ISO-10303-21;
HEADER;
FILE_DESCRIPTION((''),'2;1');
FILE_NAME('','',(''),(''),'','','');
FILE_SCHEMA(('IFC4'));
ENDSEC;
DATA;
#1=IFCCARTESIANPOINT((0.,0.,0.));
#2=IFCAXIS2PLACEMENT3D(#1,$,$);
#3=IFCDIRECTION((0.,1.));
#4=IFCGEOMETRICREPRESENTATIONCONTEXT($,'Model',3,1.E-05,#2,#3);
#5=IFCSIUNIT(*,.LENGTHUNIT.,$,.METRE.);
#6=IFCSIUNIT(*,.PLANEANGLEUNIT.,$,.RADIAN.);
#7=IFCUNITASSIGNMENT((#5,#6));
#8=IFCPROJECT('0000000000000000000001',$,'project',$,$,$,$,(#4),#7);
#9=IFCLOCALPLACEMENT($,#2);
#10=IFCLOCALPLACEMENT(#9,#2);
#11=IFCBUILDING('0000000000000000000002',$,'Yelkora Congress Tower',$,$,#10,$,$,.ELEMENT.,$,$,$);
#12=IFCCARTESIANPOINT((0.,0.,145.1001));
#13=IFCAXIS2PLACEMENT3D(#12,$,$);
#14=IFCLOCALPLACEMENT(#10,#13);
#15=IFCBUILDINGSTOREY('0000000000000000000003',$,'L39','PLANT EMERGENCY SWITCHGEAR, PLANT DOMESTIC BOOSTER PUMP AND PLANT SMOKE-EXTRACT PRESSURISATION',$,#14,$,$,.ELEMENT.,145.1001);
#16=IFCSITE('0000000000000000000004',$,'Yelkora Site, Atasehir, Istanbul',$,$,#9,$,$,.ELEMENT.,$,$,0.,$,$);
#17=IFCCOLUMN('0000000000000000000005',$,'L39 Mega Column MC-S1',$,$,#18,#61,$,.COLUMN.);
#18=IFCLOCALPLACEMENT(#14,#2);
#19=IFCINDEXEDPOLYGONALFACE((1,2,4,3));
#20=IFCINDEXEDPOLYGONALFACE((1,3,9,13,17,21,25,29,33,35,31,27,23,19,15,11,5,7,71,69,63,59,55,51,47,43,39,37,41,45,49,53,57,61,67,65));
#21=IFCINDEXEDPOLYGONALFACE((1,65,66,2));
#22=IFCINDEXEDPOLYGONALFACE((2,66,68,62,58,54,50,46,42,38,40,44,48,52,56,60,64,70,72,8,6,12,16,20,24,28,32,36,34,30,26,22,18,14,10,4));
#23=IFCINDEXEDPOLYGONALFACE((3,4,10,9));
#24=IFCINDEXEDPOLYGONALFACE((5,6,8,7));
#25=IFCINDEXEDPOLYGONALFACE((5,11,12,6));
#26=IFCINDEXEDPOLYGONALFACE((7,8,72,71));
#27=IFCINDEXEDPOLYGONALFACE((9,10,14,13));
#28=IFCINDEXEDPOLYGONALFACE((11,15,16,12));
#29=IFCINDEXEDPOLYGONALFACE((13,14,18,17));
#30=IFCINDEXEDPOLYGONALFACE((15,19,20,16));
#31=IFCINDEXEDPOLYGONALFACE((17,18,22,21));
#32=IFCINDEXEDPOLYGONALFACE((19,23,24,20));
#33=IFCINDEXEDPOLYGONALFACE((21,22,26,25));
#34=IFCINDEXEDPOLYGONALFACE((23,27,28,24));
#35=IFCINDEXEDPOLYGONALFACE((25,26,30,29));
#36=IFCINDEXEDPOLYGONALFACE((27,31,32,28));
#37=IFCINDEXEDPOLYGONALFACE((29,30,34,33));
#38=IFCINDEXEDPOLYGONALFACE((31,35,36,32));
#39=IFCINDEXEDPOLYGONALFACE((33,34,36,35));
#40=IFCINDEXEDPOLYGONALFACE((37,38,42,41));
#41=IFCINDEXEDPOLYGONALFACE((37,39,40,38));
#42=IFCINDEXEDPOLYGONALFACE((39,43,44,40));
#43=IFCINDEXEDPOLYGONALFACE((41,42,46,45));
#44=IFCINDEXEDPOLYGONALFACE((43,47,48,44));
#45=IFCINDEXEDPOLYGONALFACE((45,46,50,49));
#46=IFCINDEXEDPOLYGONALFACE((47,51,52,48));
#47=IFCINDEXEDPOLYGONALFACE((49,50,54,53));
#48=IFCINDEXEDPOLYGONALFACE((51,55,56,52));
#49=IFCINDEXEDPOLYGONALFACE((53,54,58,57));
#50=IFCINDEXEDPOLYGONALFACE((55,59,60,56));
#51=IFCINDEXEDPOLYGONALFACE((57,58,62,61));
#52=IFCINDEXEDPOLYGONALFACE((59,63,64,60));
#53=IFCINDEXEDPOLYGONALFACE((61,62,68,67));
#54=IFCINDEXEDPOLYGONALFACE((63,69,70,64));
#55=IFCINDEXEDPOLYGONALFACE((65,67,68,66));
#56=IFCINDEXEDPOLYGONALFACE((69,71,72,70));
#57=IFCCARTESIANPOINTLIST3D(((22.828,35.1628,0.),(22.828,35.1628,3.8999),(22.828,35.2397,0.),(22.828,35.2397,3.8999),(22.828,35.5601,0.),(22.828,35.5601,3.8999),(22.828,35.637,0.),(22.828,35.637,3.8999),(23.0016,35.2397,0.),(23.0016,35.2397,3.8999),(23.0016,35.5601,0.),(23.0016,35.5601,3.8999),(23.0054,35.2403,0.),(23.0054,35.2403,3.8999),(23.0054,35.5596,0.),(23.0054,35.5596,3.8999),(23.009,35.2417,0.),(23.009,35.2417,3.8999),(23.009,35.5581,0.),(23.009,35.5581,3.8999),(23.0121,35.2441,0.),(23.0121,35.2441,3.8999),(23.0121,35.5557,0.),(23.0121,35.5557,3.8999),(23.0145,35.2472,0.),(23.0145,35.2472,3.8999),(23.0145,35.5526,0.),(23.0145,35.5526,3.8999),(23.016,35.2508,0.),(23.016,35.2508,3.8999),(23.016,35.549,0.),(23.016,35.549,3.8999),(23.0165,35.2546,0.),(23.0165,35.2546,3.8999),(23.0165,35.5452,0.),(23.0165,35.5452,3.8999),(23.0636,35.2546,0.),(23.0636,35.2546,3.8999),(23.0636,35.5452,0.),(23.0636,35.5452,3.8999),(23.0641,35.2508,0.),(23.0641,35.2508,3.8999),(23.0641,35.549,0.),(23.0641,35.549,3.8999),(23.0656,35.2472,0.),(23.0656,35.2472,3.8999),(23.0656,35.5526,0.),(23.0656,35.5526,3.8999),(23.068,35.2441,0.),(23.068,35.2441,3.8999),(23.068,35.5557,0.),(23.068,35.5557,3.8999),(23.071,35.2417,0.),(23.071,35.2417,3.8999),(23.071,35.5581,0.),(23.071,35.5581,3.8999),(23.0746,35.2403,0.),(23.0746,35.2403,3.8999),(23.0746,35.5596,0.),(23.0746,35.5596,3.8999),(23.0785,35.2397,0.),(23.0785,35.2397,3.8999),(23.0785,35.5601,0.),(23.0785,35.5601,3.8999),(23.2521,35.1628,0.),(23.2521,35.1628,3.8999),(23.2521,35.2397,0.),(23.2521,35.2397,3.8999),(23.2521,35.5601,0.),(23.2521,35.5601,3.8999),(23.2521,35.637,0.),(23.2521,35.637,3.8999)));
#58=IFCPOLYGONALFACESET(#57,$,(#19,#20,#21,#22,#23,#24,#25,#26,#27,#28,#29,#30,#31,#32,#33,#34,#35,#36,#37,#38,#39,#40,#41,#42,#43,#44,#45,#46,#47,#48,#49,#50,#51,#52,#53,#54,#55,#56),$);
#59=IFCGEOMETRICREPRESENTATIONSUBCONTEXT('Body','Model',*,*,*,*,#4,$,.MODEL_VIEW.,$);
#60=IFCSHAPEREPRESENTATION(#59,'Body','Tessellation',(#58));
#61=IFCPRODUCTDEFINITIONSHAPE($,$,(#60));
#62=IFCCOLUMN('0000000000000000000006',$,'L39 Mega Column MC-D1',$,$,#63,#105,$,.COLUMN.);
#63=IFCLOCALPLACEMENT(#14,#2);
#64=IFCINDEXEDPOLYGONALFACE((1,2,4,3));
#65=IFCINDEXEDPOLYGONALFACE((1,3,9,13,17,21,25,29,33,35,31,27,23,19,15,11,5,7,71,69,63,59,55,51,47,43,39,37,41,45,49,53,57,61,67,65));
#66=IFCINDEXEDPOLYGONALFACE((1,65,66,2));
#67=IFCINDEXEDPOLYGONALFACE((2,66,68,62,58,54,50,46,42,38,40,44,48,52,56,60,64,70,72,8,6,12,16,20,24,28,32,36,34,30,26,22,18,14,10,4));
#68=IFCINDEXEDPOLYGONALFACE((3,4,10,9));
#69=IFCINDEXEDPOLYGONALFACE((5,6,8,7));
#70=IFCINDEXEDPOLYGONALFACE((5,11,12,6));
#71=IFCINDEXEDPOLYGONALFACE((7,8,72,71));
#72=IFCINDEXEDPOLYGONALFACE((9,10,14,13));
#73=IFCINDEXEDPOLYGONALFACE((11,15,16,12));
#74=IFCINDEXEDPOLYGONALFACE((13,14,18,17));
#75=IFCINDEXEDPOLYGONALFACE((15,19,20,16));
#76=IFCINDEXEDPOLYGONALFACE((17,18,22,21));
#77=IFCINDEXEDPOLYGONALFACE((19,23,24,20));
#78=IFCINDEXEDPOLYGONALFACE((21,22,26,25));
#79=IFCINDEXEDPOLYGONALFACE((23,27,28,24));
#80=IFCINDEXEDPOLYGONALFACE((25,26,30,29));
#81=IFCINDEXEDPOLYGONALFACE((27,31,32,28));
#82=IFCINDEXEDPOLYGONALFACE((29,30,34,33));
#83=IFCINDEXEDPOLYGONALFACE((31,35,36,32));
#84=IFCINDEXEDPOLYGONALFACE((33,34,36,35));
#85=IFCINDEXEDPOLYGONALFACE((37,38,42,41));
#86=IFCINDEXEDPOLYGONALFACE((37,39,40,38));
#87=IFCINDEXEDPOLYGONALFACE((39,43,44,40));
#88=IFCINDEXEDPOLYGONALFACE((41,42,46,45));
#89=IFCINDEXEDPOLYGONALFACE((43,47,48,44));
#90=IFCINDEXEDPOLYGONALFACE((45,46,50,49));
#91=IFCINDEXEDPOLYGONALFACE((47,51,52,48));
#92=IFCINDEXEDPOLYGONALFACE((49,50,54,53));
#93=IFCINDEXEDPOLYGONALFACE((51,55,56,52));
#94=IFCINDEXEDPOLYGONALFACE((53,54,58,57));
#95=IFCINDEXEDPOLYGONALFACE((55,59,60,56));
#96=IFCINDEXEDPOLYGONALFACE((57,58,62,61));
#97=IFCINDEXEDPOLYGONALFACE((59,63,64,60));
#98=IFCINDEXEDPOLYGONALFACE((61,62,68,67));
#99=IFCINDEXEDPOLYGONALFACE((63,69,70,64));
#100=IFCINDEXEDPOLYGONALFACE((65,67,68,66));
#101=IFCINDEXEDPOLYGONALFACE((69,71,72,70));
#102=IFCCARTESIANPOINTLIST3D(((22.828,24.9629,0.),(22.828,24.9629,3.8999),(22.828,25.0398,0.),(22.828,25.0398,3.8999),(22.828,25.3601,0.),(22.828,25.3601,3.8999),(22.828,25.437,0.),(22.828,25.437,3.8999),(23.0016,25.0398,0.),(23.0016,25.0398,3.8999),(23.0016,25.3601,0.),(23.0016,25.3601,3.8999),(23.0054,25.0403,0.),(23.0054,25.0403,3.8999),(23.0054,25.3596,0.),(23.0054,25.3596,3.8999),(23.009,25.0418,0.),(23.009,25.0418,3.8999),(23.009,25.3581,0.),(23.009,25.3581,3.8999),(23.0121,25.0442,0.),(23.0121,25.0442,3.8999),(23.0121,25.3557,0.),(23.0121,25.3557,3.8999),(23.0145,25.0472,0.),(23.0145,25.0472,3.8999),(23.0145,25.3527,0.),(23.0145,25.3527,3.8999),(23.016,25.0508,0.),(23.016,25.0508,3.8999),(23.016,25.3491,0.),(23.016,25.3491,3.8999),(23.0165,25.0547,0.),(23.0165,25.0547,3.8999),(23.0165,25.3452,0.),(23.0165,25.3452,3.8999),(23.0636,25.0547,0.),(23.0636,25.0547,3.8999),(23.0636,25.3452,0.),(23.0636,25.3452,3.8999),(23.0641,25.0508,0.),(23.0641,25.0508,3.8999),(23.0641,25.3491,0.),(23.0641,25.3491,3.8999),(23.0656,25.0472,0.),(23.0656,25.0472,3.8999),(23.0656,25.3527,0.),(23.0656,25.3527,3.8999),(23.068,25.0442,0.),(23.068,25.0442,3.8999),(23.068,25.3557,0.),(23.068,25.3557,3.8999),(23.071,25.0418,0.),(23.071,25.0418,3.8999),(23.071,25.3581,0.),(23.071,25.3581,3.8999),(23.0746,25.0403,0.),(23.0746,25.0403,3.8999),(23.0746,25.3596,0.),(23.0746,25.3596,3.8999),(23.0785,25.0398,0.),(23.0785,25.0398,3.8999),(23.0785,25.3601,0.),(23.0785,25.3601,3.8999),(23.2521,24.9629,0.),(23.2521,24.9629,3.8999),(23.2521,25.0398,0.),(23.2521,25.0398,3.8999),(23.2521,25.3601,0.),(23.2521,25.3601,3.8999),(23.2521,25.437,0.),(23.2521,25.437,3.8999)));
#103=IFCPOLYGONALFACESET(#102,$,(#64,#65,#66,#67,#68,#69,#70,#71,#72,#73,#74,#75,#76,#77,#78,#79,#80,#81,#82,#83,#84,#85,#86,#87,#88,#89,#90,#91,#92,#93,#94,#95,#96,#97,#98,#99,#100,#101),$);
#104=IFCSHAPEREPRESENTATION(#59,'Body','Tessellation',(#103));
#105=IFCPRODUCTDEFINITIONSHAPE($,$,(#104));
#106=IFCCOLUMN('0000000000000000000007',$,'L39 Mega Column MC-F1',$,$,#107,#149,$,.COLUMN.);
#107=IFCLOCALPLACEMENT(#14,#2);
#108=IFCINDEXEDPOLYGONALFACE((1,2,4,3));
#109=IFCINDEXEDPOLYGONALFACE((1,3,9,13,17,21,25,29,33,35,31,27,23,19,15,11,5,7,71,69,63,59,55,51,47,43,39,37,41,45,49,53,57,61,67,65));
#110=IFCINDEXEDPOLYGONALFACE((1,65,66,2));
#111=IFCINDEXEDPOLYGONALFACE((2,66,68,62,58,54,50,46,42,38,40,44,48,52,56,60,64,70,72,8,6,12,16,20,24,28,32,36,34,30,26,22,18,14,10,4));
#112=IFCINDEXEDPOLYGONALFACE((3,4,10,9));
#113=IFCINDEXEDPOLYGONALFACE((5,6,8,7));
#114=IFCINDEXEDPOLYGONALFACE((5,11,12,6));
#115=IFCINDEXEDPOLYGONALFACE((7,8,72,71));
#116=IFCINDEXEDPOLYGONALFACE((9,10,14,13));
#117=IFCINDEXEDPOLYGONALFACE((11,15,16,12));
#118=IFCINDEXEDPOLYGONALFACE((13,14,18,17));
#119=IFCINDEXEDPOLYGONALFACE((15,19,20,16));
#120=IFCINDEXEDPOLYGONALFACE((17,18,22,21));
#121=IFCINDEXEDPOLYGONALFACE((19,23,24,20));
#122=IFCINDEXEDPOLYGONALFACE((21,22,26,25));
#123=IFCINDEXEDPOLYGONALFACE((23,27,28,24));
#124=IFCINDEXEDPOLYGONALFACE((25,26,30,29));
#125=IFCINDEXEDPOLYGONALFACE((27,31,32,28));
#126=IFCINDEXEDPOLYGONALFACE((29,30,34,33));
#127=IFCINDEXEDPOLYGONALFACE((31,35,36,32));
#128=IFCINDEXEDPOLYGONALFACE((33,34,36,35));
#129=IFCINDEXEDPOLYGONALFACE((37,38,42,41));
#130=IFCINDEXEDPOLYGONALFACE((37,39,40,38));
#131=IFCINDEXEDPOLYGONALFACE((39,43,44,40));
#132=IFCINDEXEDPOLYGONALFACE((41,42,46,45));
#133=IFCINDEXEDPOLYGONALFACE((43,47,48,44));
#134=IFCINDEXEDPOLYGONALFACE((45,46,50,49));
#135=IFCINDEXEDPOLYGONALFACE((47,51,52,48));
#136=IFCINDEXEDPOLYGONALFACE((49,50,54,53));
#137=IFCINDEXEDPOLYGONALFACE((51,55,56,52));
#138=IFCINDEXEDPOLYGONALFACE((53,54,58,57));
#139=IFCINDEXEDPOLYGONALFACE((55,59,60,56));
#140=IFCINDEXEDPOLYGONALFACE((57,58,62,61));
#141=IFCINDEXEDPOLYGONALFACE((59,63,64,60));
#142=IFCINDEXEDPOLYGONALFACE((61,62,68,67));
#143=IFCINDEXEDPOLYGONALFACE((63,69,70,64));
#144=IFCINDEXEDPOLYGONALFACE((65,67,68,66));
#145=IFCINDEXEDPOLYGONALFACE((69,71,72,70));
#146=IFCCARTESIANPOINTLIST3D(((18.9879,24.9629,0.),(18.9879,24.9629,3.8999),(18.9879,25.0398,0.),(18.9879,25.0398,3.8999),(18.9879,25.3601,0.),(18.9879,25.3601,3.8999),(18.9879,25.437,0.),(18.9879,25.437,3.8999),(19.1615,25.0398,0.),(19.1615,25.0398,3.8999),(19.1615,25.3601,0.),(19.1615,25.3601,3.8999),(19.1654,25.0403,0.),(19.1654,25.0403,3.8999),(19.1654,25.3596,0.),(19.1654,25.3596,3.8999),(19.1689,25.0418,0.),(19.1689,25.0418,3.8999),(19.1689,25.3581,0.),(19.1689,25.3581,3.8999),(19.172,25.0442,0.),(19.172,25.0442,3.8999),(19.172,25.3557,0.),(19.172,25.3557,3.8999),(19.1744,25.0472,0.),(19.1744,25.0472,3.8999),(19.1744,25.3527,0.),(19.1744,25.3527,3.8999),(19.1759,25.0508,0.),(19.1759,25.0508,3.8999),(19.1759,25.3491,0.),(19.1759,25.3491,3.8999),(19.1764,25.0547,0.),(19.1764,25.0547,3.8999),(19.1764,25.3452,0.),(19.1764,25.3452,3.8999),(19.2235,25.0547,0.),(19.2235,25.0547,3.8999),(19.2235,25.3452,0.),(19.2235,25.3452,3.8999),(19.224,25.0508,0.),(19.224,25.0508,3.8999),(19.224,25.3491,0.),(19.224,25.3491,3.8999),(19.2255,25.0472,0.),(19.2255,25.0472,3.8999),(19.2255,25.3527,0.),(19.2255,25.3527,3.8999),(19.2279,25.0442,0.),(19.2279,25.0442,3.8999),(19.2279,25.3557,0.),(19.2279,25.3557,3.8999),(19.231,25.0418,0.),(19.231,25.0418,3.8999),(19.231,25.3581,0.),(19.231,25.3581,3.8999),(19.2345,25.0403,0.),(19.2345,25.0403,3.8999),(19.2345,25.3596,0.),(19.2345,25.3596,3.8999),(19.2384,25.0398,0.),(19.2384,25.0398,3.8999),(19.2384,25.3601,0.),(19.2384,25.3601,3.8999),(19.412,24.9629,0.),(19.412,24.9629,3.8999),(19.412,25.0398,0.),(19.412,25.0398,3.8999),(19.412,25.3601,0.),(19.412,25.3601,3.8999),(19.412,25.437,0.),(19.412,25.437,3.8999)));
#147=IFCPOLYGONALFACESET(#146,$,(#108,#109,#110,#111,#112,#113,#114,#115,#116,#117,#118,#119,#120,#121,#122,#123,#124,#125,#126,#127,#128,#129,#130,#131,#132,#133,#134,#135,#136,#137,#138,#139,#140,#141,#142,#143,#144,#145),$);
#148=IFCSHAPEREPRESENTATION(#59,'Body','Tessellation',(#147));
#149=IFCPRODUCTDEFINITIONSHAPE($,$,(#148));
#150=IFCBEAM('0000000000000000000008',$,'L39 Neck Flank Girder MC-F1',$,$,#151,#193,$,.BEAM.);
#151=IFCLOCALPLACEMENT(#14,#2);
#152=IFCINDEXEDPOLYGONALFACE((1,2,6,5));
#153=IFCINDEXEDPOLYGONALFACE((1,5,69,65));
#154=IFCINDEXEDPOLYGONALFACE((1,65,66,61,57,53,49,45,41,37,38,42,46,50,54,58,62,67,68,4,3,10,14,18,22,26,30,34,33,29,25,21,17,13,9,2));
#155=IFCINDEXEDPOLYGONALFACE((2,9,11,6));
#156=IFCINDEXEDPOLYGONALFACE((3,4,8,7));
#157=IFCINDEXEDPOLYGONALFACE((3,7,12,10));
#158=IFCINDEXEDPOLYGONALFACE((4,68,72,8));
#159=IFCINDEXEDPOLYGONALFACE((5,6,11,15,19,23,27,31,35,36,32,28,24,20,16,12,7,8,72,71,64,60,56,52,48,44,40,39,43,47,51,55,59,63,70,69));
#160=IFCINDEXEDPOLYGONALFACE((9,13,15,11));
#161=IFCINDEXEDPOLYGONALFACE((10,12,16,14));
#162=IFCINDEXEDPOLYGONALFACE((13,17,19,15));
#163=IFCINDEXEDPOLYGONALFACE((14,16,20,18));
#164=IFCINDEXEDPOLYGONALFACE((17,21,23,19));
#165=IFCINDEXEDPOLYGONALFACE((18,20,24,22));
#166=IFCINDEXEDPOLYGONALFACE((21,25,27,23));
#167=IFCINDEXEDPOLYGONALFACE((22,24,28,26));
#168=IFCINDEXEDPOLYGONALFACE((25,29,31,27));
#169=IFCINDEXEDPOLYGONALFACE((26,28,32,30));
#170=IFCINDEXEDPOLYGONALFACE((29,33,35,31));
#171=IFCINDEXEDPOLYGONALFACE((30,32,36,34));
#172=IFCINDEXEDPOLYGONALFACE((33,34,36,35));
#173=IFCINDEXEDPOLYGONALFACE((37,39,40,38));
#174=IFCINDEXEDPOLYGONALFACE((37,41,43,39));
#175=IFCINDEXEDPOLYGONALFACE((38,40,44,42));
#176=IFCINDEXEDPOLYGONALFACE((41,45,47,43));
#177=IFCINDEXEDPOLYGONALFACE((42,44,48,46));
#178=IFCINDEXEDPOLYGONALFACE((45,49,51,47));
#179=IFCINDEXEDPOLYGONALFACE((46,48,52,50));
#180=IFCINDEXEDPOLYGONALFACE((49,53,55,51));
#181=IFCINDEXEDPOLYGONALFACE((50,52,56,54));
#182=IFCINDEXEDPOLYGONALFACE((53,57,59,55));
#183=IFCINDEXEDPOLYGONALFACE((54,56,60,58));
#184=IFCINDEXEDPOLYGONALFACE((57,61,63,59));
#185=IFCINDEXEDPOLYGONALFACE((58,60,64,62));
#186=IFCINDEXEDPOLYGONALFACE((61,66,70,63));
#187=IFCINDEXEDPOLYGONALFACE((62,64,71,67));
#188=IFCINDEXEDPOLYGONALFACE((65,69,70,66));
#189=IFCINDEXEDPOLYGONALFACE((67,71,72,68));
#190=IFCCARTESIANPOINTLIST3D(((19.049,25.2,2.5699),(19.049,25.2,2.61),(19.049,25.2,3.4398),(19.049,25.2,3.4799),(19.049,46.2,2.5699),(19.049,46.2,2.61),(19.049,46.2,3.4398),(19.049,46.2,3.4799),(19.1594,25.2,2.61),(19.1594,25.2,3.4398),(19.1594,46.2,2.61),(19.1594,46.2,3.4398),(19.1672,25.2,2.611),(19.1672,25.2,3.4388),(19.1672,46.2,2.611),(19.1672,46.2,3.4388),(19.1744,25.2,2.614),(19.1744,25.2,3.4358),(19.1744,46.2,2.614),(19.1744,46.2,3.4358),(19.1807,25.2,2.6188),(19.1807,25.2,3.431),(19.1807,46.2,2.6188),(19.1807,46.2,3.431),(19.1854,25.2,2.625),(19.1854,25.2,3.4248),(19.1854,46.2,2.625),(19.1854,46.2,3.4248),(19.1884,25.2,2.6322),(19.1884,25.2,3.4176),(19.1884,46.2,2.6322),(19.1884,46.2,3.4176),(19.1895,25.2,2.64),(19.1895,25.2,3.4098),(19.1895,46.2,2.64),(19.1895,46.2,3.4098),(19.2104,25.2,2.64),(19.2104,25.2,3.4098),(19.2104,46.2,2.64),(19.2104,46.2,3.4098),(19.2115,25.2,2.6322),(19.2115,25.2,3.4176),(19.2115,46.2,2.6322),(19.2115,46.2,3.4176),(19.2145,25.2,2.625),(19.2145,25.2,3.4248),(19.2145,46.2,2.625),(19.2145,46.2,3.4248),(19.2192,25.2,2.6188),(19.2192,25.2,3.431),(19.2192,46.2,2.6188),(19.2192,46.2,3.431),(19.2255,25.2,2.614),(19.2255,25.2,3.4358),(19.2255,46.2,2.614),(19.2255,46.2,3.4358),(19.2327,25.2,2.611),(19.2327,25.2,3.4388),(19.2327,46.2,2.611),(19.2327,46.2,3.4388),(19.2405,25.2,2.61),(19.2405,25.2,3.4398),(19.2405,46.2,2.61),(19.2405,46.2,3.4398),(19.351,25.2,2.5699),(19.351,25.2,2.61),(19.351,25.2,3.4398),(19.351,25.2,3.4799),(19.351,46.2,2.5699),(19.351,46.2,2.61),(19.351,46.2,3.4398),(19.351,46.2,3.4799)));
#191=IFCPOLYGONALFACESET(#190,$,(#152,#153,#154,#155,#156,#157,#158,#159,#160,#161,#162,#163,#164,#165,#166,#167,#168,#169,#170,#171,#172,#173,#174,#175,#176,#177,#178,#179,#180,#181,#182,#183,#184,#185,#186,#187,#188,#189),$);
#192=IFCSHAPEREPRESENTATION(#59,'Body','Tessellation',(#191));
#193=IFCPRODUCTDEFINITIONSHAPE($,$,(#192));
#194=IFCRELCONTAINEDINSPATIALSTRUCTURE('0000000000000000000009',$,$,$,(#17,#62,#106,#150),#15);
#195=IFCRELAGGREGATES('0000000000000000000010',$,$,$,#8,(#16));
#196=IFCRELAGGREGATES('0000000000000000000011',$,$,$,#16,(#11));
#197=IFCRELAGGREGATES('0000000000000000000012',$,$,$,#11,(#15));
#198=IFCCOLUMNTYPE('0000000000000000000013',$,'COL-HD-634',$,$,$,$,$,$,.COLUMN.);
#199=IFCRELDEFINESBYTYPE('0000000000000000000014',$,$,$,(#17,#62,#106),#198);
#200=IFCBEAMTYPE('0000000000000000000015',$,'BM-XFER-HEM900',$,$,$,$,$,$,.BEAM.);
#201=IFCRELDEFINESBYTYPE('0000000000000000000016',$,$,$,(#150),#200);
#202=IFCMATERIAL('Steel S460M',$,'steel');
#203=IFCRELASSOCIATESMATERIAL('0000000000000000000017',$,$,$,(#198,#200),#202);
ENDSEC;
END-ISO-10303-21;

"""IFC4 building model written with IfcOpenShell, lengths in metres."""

from ifc_helpers import new_model, si_unit, direction, frame, origin, origin_2d, place, context, subcontext, project, spatial, i_section, extrude, material, material_profile, profile_set, type_object, element, save


model = new_model("IFC4")

# Units and contexts
model_context = context("Model", 3, precision=1e-05, world=origin(), true_north=direction((0.0, 1.0)))
body_context = subcontext(model_context, "Body", "Model", "MODEL_VIEW")
ifc_project = project(units=[si_unit("LENGTHUNIT", "METRE"), si_unit("PLANEANGLEUNIT", "RADIAN")], contexts=[model_context])

# Site, building, storey
site_placement = place(None, origin())
site = spatial("IfcSite", under=ifc_project, at=site_placement, Name="Yelkora Site, Atasehir, Istanbul", CompositionType="ELEMENT", RefElevation=0.0)
building_placement = place(site_placement, origin())
building = spatial("IfcBuilding", under=site, at=building_placement, Name="Yelkora Congress Tower", CompositionType="ELEMENT")
storey_placement = place(building_placement, frame((0.0, 0.0, 145.1001)))
storey = spatial("IfcBuildingStorey", under=building, at=storey_placement, Name="L39", Description="PLANT EMERGENCY SWITCHGEAR, PLANT DOMESTIC BOOSTER PUMP AND PLANT SMOKE-EXTRACT PRESSURISATION", CompositionType="ELEMENT", Elevation=145.1001)

# Columns
ifc_material_1 = material(Name="Steel S460M", Category="steel")
ifc_material_profile_1 = material_profile(ifc_material_1, i_section(OverallWidth=0.4241, OverallDepth=0.4741, WebThickness=0.0471, FlangeThickness=0.0769, FilletRadius=0.0149, at=origin_2d()), Name="HD 400x634")
ifc_profile_set_1 = profile_set([ifc_material_profile_1], Name="Steel S460M")
column_type = type_object("IfcColumnType", Name="COL-HD-634", PredefinedType="COLUMN", material=ifc_profile_set_1)
for number, where, z_axis, x_axis, name in (
    (1, (23.04, 35.3999, 0.0), (0.0, 0.0, 1.0), (1.0, 0.0, 0.0), "L39 Mega Column MC-S1"),
    (2, (23.04, 25.2, 0.0), (0.0, 0.0, 1.0), (1.0, 0.0, 0.0), "L39 Mega Column MC-D1"),
    (3, (19.2, 25.2, 0.0), (0.0, 0.0, 1.0), (1.0, 0.0, 0.0), "L39 Mega Column MC-F1"),
):
    element("IfcColumn", number, at=place(storey_placement, frame(where, z_axis=z_axis, x_axis=x_axis)), inside=storey, type_object=column_type, Name=name, PredefinedType="COLUMN", context=body_context, shape_type="SweptSolid", body=[
        extrude(i_section(OverallWidth=0.4241, OverallDepth=0.4741, WebThickness=0.0471, FlangeThickness=0.0769, FilletRadius=0.0149, at=origin_2d()), origin(), (0.0, 0.0, 1.0), 3.8999),
    ])

# Beam
ifc_material_profile_2 = material_profile(ifc_material_1, i_section(OverallWidth=0.302, OverallDepth=0.9099, WebThickness=0.021, FlangeThickness=0.04, FilletRadius=0.03, at=origin_2d()), Name="HEM 900")
ifc_profile_set_2 = profile_set([ifc_material_profile_2], Name="Steel S460M")
beam_type = type_object("IfcBeamType", Name="BM-XFER-HEM900", PredefinedType="BEAM", material=ifc_profile_set_2)
beam_placement = place(storey_placement, frame((19.2, 25.2, 3.0249), z_axis=(0.0, 1.0, 0.0), x_axis=(-1.0, 0.0, 0.0)))
element("IfcBeam", 4, at=beam_placement, inside=storey, type_object=beam_type, Name="L39 Neck Flank Girder MC-F1", PredefinedType="BEAM", context=body_context, shape_type="SweptSolid", body=[
    extrude(i_section(OverallWidth=0.302, OverallDepth=0.9099, WebThickness=0.021, FlangeThickness=0.04, FilletRadius=0.03, at=origin_2d()), origin(), (0.0, 0.0, 1.0), 21.0),
])

save(model, "model.ifc")
